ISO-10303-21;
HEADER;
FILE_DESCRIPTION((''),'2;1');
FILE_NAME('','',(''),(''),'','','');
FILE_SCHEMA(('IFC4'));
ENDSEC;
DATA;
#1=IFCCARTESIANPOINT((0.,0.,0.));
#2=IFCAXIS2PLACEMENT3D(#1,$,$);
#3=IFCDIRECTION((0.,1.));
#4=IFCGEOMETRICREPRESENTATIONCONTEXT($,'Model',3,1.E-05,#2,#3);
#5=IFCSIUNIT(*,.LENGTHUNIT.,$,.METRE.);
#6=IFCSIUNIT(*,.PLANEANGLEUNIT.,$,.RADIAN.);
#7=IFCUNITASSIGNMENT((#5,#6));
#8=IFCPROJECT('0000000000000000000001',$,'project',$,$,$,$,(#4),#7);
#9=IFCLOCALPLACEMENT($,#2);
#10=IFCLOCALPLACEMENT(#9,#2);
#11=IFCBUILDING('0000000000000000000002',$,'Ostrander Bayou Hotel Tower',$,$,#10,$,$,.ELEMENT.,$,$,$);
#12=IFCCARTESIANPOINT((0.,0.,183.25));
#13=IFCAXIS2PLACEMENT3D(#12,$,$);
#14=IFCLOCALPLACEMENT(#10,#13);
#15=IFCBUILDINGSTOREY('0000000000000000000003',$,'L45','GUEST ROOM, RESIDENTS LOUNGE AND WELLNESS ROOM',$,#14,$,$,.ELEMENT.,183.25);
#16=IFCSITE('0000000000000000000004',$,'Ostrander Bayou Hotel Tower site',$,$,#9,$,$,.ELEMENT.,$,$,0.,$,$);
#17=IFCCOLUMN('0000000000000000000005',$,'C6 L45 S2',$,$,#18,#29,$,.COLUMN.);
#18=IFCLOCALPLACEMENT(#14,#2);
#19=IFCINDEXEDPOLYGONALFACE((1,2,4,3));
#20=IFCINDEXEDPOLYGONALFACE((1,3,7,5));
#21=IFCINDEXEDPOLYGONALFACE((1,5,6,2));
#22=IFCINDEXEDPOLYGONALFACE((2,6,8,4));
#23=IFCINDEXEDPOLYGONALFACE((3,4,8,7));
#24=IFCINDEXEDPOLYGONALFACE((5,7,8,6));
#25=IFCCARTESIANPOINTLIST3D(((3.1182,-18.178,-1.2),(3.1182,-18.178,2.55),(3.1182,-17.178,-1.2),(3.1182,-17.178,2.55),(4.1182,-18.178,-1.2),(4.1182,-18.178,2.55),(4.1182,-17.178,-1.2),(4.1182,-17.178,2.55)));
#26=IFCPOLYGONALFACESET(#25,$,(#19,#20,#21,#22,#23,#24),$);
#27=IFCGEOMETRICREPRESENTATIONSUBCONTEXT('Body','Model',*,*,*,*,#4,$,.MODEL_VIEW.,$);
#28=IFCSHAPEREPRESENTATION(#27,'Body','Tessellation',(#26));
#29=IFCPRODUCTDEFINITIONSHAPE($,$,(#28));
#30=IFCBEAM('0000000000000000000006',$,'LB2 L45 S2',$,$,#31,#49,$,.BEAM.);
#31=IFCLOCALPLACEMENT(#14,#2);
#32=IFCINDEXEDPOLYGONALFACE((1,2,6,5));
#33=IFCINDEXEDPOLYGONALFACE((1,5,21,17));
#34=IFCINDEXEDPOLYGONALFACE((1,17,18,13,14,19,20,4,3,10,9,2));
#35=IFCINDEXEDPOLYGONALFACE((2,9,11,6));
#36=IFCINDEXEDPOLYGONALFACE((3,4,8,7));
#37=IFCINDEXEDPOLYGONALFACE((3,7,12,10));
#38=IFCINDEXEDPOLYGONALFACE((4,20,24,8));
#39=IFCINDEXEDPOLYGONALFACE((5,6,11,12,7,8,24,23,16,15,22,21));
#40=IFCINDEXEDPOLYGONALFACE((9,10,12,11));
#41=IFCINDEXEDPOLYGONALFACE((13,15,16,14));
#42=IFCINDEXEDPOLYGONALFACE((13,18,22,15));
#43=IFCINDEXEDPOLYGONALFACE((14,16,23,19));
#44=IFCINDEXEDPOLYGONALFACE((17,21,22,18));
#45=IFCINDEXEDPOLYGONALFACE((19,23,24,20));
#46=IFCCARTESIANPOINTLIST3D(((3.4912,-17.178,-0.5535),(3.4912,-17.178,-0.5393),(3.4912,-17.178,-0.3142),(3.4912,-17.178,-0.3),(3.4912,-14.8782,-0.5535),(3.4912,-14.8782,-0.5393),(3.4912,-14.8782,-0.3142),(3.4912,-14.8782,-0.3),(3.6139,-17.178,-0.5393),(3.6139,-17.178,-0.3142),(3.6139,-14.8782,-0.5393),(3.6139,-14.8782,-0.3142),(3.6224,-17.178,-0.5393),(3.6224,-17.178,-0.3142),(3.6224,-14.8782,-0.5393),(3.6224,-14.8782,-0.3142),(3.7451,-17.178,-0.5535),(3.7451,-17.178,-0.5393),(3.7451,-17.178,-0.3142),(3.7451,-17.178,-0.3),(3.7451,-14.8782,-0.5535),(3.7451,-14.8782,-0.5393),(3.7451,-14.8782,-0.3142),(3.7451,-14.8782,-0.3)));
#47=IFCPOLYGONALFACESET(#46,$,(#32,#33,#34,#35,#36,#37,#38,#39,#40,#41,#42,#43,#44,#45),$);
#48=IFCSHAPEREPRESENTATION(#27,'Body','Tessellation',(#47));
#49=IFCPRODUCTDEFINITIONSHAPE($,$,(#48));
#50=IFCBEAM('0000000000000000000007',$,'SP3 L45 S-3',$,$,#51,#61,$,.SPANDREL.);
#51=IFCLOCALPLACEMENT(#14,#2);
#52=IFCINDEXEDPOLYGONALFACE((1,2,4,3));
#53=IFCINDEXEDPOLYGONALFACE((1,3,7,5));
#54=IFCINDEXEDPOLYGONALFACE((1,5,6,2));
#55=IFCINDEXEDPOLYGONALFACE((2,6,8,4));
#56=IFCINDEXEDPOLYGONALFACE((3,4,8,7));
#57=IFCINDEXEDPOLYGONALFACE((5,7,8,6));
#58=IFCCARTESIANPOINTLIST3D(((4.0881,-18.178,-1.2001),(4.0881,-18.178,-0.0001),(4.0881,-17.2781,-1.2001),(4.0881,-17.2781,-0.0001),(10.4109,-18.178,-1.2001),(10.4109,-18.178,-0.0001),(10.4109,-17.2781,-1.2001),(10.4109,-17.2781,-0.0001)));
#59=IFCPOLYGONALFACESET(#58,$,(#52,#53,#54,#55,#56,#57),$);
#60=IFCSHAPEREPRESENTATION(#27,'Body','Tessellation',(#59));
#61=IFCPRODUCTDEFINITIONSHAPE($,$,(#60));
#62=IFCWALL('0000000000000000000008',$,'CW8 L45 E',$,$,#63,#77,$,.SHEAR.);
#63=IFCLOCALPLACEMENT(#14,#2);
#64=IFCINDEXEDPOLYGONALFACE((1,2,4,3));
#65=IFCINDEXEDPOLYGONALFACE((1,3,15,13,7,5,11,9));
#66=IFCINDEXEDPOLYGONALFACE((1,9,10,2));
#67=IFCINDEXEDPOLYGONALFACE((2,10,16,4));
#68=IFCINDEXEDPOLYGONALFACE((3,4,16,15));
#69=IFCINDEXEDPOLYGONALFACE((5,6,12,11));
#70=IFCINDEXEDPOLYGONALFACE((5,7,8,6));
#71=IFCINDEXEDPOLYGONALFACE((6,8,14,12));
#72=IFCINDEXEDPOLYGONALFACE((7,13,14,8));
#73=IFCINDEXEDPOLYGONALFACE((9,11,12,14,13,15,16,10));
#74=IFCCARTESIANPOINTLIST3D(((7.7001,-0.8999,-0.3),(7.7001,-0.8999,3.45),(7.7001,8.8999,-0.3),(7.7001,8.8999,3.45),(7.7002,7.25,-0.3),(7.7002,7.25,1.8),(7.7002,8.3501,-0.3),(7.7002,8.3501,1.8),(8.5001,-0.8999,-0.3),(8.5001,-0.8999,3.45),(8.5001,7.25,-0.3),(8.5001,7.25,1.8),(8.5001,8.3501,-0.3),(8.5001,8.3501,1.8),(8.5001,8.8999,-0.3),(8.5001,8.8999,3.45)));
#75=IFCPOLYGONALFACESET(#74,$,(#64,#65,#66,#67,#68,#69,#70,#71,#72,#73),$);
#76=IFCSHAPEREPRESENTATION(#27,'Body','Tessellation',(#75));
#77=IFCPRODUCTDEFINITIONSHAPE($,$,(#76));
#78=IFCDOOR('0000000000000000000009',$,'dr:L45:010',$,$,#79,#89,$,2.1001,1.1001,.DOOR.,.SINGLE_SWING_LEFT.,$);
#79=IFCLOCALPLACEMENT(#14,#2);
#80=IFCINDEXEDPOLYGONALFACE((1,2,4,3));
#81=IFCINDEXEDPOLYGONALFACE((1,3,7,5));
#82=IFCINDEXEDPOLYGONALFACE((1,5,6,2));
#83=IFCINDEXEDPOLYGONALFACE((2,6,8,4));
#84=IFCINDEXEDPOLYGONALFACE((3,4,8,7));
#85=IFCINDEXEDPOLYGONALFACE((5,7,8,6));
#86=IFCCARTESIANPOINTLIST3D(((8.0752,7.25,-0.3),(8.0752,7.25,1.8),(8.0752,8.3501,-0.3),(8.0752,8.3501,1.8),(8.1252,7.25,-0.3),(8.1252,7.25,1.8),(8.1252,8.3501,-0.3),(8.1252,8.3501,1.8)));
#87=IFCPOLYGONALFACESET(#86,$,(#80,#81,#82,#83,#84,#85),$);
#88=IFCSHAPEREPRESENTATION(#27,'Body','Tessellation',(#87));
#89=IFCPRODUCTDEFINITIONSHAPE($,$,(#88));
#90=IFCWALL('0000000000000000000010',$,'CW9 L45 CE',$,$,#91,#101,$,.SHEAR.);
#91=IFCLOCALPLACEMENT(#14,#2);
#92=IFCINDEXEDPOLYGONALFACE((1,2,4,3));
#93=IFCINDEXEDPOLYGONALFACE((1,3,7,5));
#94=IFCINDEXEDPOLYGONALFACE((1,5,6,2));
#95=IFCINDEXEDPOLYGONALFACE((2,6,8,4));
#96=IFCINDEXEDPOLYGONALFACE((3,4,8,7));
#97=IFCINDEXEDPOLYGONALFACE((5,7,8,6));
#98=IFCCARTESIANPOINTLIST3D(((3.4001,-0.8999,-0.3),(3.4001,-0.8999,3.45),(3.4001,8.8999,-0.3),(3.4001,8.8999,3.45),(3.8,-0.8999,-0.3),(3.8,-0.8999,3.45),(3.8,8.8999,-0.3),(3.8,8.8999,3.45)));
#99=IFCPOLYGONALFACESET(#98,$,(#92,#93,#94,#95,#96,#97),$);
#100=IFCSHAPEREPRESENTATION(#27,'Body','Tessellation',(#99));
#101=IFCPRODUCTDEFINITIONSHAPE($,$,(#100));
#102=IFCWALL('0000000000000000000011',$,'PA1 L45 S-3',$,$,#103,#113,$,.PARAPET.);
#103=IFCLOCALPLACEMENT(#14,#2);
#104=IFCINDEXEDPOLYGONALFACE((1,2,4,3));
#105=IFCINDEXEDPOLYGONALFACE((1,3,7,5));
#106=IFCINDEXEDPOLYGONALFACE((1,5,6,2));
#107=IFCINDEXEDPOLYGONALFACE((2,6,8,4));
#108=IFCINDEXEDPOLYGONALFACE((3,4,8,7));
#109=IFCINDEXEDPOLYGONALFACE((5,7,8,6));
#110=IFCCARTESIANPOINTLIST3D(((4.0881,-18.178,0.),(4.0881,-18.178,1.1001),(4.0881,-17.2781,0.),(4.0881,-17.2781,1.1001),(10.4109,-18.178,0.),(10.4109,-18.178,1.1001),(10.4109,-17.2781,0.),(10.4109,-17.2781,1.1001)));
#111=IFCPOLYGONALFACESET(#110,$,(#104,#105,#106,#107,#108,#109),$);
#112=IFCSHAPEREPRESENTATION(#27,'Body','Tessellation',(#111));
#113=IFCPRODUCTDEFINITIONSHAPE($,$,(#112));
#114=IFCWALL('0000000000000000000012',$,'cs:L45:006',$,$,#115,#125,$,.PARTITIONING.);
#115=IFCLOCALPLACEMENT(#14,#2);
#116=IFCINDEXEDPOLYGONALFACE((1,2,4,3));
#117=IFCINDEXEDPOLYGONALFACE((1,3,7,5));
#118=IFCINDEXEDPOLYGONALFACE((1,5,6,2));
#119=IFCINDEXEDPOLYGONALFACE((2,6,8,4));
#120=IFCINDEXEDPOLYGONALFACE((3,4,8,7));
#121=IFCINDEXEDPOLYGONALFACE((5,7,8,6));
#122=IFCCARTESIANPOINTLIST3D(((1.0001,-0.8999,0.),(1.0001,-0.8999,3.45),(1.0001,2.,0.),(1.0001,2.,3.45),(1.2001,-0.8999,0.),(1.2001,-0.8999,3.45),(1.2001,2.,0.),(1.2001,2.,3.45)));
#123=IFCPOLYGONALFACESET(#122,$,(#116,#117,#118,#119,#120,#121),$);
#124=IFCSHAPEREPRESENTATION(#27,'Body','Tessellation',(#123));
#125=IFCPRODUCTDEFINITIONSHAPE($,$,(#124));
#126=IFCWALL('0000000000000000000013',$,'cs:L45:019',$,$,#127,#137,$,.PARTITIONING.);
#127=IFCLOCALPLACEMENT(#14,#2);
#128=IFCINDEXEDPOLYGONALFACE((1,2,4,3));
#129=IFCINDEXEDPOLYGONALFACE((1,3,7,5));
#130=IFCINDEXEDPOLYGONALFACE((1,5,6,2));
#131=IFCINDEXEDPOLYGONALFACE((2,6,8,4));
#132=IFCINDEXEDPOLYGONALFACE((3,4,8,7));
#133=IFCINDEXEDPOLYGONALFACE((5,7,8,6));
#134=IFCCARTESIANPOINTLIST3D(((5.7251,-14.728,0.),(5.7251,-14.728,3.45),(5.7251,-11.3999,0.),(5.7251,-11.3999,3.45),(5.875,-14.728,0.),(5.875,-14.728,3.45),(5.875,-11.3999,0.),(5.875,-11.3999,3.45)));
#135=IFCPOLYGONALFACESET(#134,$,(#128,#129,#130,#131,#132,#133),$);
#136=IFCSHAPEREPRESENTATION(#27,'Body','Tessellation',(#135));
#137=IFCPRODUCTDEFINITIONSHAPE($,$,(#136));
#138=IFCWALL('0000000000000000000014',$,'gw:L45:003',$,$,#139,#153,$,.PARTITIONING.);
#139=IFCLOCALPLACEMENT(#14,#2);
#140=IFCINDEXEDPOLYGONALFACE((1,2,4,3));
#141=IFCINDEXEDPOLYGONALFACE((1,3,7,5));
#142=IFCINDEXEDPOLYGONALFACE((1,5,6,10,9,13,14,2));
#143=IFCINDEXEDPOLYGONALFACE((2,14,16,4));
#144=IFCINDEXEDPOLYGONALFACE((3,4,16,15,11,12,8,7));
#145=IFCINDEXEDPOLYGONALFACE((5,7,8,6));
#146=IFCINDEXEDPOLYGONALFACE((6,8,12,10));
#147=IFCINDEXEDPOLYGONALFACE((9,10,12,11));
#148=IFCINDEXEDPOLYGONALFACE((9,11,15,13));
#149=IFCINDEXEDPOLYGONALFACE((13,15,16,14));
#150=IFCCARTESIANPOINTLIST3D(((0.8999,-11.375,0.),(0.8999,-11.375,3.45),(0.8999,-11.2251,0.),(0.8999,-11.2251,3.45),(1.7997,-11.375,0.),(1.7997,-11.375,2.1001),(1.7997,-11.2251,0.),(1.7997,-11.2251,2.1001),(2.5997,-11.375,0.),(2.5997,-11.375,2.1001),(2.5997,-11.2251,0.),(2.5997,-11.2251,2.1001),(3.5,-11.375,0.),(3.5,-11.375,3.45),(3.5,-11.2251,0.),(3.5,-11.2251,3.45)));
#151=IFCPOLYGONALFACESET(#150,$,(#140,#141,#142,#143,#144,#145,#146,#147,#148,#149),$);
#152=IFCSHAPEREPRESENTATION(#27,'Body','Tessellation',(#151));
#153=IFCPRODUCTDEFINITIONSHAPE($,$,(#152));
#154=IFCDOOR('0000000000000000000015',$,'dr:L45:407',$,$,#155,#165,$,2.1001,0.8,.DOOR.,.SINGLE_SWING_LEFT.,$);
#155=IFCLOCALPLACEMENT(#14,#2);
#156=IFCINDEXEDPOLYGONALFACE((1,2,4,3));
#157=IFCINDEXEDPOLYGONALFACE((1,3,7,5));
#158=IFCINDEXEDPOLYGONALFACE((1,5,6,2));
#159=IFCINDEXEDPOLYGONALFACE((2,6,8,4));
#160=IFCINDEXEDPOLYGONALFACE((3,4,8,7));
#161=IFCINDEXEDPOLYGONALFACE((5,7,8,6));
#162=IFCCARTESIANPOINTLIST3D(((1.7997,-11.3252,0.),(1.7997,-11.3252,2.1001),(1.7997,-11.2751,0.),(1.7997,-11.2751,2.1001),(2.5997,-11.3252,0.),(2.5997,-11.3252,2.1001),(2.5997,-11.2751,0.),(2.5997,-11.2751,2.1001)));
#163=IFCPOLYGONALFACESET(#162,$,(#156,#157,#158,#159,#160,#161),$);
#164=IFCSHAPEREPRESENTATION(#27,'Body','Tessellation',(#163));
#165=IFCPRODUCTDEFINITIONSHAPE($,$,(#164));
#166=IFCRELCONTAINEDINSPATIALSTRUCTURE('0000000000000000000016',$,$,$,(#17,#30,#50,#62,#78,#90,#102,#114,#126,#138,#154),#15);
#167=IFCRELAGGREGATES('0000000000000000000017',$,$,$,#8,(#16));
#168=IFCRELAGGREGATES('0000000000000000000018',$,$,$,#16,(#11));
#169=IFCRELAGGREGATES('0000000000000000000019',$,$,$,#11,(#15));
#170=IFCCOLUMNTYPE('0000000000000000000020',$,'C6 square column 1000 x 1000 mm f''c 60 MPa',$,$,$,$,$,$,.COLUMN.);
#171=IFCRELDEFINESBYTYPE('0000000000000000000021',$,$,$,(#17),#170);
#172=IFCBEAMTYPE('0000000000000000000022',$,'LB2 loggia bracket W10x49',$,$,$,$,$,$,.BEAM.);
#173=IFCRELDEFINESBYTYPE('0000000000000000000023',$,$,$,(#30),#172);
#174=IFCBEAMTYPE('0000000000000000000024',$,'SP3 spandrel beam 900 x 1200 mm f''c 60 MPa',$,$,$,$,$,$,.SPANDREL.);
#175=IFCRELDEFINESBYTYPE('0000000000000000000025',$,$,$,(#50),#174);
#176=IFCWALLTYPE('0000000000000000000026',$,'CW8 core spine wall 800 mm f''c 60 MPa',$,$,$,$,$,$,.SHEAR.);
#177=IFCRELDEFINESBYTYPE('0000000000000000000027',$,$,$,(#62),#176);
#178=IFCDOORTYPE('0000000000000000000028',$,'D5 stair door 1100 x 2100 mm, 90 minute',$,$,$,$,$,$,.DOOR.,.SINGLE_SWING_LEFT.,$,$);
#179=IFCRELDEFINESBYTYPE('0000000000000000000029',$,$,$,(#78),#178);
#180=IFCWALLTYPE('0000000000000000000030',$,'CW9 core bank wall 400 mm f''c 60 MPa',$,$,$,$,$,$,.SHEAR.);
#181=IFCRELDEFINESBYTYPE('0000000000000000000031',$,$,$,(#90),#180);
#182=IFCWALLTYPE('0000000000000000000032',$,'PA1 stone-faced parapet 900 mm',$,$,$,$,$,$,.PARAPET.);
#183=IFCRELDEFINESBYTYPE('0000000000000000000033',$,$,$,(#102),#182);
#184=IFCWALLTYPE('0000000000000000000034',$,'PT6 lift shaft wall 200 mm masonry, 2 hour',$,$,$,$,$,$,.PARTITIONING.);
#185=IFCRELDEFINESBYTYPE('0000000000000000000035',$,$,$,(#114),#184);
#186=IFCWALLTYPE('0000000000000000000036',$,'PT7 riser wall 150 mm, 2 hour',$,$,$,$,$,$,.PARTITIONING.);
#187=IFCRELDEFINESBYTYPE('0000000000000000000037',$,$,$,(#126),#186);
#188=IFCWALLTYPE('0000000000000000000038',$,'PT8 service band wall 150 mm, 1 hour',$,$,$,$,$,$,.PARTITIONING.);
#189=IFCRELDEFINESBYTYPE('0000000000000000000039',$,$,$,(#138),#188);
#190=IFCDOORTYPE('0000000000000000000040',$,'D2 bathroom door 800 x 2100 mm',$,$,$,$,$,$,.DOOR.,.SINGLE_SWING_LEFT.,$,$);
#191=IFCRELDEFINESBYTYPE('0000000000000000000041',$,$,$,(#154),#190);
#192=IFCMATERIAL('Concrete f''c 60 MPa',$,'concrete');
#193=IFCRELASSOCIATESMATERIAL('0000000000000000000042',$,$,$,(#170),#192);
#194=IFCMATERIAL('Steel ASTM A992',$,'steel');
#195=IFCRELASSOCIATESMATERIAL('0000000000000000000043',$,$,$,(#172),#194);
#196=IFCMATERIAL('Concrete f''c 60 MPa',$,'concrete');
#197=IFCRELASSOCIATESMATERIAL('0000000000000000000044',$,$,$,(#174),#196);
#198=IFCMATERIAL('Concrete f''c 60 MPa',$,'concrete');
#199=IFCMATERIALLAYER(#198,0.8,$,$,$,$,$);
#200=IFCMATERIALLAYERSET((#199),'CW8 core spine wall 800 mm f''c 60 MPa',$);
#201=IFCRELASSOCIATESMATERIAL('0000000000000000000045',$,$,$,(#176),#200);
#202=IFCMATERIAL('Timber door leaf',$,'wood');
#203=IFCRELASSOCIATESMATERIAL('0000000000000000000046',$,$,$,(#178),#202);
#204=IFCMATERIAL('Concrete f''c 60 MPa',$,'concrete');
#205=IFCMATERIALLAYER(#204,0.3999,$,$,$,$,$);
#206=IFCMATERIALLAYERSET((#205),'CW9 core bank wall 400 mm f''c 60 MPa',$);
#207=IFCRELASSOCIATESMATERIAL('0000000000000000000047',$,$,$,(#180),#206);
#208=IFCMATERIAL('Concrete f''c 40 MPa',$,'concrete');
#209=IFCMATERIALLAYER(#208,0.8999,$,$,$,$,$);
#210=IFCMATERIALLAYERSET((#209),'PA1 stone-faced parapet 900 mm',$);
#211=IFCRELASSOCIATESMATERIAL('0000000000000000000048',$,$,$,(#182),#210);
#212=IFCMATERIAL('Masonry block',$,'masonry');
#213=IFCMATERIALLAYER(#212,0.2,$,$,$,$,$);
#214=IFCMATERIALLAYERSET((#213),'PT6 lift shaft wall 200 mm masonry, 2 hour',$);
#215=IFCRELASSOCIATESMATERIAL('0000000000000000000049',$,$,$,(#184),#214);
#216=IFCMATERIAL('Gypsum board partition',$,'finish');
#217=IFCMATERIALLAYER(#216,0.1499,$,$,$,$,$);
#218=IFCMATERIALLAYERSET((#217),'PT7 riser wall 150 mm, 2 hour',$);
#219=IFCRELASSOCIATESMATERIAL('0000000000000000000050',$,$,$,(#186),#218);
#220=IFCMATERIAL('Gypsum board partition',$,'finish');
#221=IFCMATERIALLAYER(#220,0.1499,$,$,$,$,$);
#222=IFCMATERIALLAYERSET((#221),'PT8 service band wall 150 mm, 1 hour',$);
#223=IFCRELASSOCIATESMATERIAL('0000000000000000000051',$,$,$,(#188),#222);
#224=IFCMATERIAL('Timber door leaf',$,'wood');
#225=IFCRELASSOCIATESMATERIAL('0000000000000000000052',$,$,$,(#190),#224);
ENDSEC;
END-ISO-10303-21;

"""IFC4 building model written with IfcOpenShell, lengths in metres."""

from ifc_helpers import new_model, si_unit, direction, frame, frame_2d, origin, origin_2d, place, context, subcontext, project, spatial, rectangle, i_section, extrude, material, layer, layer_set, material_profile, profile_set, type_object, element, fill, save


model = new_model("IFC4")

# Units and contexts
model_context = context("Model", 3, precision=1e-05, world=origin(), true_north=direction((0.0, 1.0)))
body_context = subcontext(model_context, "Body", "Model", "MODEL_VIEW")
ifc_project = project(units=[si_unit("LENGTHUNIT", "METRE"), si_unit("PLANEANGLEUNIT", "RADIAN")], contexts=[model_context])

# Site, building, storey
site_placement = place(None, origin())
site = spatial("IfcSite", under=ifc_project, at=site_placement, Name="Ostrander Bayou Hotel Tower site", CompositionType="ELEMENT", RefElevation=0.0)
building_placement = place(site_placement, origin())
building = spatial("IfcBuilding", under=site, at=building_placement, Name="Ostrander Bayou Hotel Tower", CompositionType="ELEMENT")
storey_placement = place(building_placement, frame((0.0, 0.0, 183.25)))
storey = spatial("IfcBuildingStorey", under=building, at=storey_placement, Name="L45", Description="GUEST ROOM, RESIDENTS LOUNGE AND WELLNESS ROOM", CompositionType="ELEMENT", Elevation=183.25)

# Column
ifc_material_1 = material(Name="Concrete f'c 60 MPa", Category="concrete")
ifc_material_profile_1 = material_profile(ifc_material_1, rectangle(XDim=1.0, YDim=1.0, at=origin_2d()))
ifc_profile_set_1 = profile_set([ifc_material_profile_1], Name="Concrete f'c 60 MPa")
column_type = type_object("IfcColumnType", Name="C6 square column 1000 x 1000 mm f'c 60 MPa", PredefinedType="COLUMN", material=ifc_profile_set_1)
column_placement = place(storey_placement, frame((3.6182, -17.678, -1.2), z_axis=(0.0, 0.0, 1.0), x_axis=(-1.0, 0.0, 0.0)))
element("IfcColumn", 1, at=column_placement, inside=storey, type_object=column_type, Name="C6 L45 S2", PredefinedType="COLUMN", context=body_context, shape_type="SweptSolid", body=[
    extrude(rectangle(XDim=1.0, YDim=1.0, at=origin_2d()), origin(), (0.0, 0.0, 1.0), 3.75),
])

# Beams
ifc_material_2 = material(Name="Steel ASTM A992", Category="steel")
ifc_material_profile_2 = material_profile(ifc_material_2, i_section(OverallWidth=0.2539, OverallDepth=0.2534, WebThickness=0.0085, FlangeThickness=0.0142, at=origin_2d()))
ifc_profile_set_2 = profile_set([ifc_material_profile_2], Name="Steel ASTM A992")
beam_type_1 = type_object("IfcBeamType", Name="LB2 loggia bracket W10x49", PredefinedType="BEAM", material=ifc_profile_set_2)
beam_1_placement = place(storey_placement, frame((3.6182, -17.178, -0.4268), z_axis=(0.0, 1.0, 0.0), x_axis=(-1.0, 0.0, 0.0)))
element("IfcBeam", 2, at=beam_1_placement, inside=storey, type_object=beam_type_1, Name="LB2 L45 S2", PredefinedType="BEAM", context=body_context, shape_type="SweptSolid", body=[
    extrude(i_section(OverallWidth=0.2539, OverallDepth=0.2534, WebThickness=0.0085, FlangeThickness=0.0142, at=origin_2d()), origin(), (0.0, 0.0, 1.0), 2.2998),
])
ifc_material_3 = material(Name="Concrete f'c 60 MPa", Category="concrete")
ifc_material_profile_3 = material_profile(ifc_material_3, rectangle(XDim=0.8999, YDim=1.2, at=origin_2d()))
ifc_profile_set_3 = profile_set([ifc_material_profile_3], Name="Concrete f'c 60 MPa")
beam_type_2 = type_object("IfcBeamType", Name="SP3 spandrel beam 900 x 1200 mm f'c 60 MPa", PredefinedType="SPANDREL", material=ifc_profile_set_3)
beam_2_placement = place(storey_placement, frame((4.0881, -17.728, -0.6001), z_axis=(1.0, 0.0, 0.0), x_axis=(0.0, 1.0, 0.0)))
element("IfcBeam", 3, at=beam_2_placement, inside=storey, type_object=beam_type_2, Name="SP3 L45 S-3", PredefinedType="SPANDREL", context=body_context, shape_type="SweptSolid", body=[
    extrude(rectangle(XDim=0.8999, YDim=1.2, at=origin_2d()), origin(), (0.0, 0.0, 1.0), 6.3228),
])

# Wall, opening, door
ifc_material_4 = material(Name="Concrete f'c 60 MPa", Category="concrete")
ifc_layer_1 = layer(ifc_material_4, 0.8)
ifc_layer_set_1 = layer_set([ifc_layer_1], Name="CW8 core spine wall 800 mm f'c 60 MPa")
wall_type_1 = type_object("IfcWallType", Name="CW8 core spine wall 800 mm f'c 60 MPa", PredefinedType="SHEAR", material=ifc_layer_set_1)
wall_1_placement = place(storey_placement, frame((8.1001, -0.8999, -0.3), z_axis=(0.0, 0.0, 1.0), x_axis=(0.0, 1.0, 0.0)))
wall_1 = element("IfcWall", 4, at=wall_1_placement, inside=storey, type_object=wall_type_1, Name="CW8 L45 E", PredefinedType="SHEAR", context=body_context, shape_type="SweptSolid", body=[
    extrude(rectangle(XDim=9.7998, YDim=0.8, at=frame_2d((4.8999, 0.0))), origin(), (0.0, 0.0, 1.0), 3.75),
])
opening_1_placement = place(wall_1_placement, frame((8.1499, 0.0, 0.0)))
opening_1 = element("IfcOpeningElement", 5, at=opening_1_placement, cuts=wall_1, PredefinedType="OPENING", context=body_context, shape_type="SweptSolid", body=[
    extrude(rectangle(XDim=1.1001, YDim=2.1001, at=frame_2d((0.55, 1.05))), frame((0.0, 0.3999, 0.0), z_axis=(0.0, -1.0, 0.0), x_axis=(1.0, 0.0, 0.0)), (0.0, 0.0, 1.0), 0.8),
])
ifc_material_5 = material(Name="Timber door leaf", Category="wood")
door_type_1 = type_object("IfcDoorType", Name="D5 stair door 1100 x 2100 mm, 90 minute", OperationType="SINGLE_SWING_LEFT", PredefinedType="DOOR", material=ifc_material_5)
door_1_placement = place(opening_1_placement, origin())
door_1 = element("IfcDoor", 6, at=door_1_placement, inside=storey, type_object=door_type_1, Name="dr:L45:010", OperationType="SINGLE_SWING_LEFT", OverallHeight=2.1001, OverallWidth=1.1001, PredefinedType="DOOR", context=body_context, shape_type="SweptSolid", body=[
    extrude(rectangle(XDim=1.1001, YDim=2.1001, at=frame_2d((0.55, 1.05))), frame((0.0, 0.0249, 0.0), z_axis=(0.0, -1.0, 0.0), x_axis=(1.0, 0.0, 0.0)), (0.0, 0.0, 1.0), 0.05),
])
fill(opening_1, door_1)

# Walls
ifc_material_6 = material(Name="Concrete f'c 60 MPa", Category="concrete")
ifc_layer_2 = layer(ifc_material_6, 0.3999)
ifc_layer_set_2 = layer_set([ifc_layer_2], Name="CW9 core bank wall 400 mm f'c 60 MPa")
wall_type_2 = type_object("IfcWallType", Name="CW9 core bank wall 400 mm f'c 60 MPa", PredefinedType="SHEAR", material=ifc_layer_set_2)
wall_2_placement = place(storey_placement, frame((3.6001, -0.8999, -0.3), z_axis=(0.0, 0.0, 1.0), x_axis=(0.0, 1.0, 0.0)))
element("IfcWall", 7, at=wall_2_placement, inside=storey, type_object=wall_type_2, Name="CW9 L45 CE", PredefinedType="SHEAR", context=body_context, shape_type="SweptSolid", body=[
    extrude(rectangle(XDim=9.7998, YDim=0.3999, at=frame_2d((4.8999, 0.0))), origin(), (0.0, 0.0, 1.0), 3.75),
])
ifc_material_7 = material(Name="Concrete f'c 40 MPa", Category="concrete")
ifc_layer_3 = layer(ifc_material_7, 0.8999)
ifc_layer_set_3 = layer_set([ifc_layer_3], Name="PA1 stone-faced parapet 900 mm")
wall_type_3 = type_object("IfcWallType", Name="PA1 stone-faced parapet 900 mm", PredefinedType="PARAPET", material=ifc_layer_set_3)
wall_3_placement = place(storey_placement, frame((4.0881, -17.728, 0.0), z_axis=(0.0, 0.0, 1.0), x_axis=(1.0, 0.0, 0.0)))
element("IfcWall", 8, at=wall_3_placement, inside=storey, type_object=wall_type_3, Name="PA1 L45 S-3", PredefinedType="PARAPET", context=body_context, shape_type="SweptSolid", body=[
    extrude(rectangle(XDim=6.3228, YDim=0.8999, at=frame_2d((3.1614, 0.0))), origin(), (0.0, 0.0, 1.0), 1.1001),
])
ifc_material_8 = material(Name="Masonry block", Category="masonry")
ifc_layer_4 = layer(ifc_material_8, 0.2)
ifc_layer_set_4 = layer_set([ifc_layer_4], Name="PT6 lift shaft wall 200 mm masonry, 2 hour")
wall_type_4 = type_object("IfcWallType", Name="PT6 lift shaft wall 200 mm masonry, 2 hour", PredefinedType="PARTITIONING", material=ifc_layer_set_4)
wall_4_placement = place(storey_placement, frame((1.1001, -0.8999, 0.0), z_axis=(0.0, 0.0, 1.0), x_axis=(0.0, 1.0, 0.0)))
element("IfcWall", 9, at=wall_4_placement, inside=storey, type_object=wall_type_4, Name="cs:L45:006", PredefinedType="PARTITIONING", context=body_context, shape_type="SweptSolid", body=[
    extrude(rectangle(XDim=2.8999, YDim=0.2, at=frame_2d((1.45, 0.0))), origin(), (0.0, 0.0, 1.0), 3.45),
])
ifc_material_9 = material(Name="Gypsum board partition", Category="finish")
ifc_layer_5 = layer(ifc_material_9, 0.1499)
ifc_layer_set_5 = layer_set([ifc_layer_5], Name="PT7 riser wall 150 mm, 2 hour")
wall_type_5 = type_object("IfcWallType", Name="PT7 riser wall 150 mm, 2 hour", PredefinedType="PARTITIONING", material=ifc_layer_set_5)
wall_5_placement = place(storey_placement, frame((5.8, -11.3999, 0.0), z_axis=(0.0, 0.0, 1.0), x_axis=(0.0, -1.0, 0.0)))
element("IfcWall", 10, at=wall_5_placement, inside=storey, type_object=wall_type_5, Name="cs:L45:019", PredefinedType="PARTITIONING", context=body_context, shape_type="SweptSolid", body=[
    extrude(rectangle(XDim=3.3281, YDim=0.1499, at=frame_2d((1.6641, 0.0))), origin(), (0.0, 0.0, 1.0), 3.45),
])

# Wall, opening, door
ifc_material_10 = material(Name="Gypsum board partition", Category="finish")
ifc_layer_6 = layer(ifc_material_10, 0.1499)
ifc_layer_set_6 = layer_set([ifc_layer_6], Name="PT8 service band wall 150 mm, 1 hour")
wall_type_6 = type_object("IfcWallType", Name="PT8 service band wall 150 mm, 1 hour", PredefinedType="PARTITIONING", material=ifc_layer_set_6)
wall_6_placement = place(storey_placement, frame((0.8999, -11.3, 0.0), z_axis=(0.0, 0.0, 1.0), x_axis=(1.0, 0.0, 0.0)))
wall_6 = element("IfcWall", 11, at=wall_6_placement, inside=storey, type_object=wall_type_6, Name="gw:L45:003", PredefinedType="PARTITIONING", context=body_context, shape_type="SweptSolid", body=[
    extrude(rectangle(XDim=2.6001, YDim=0.1499, at=frame_2d((1.3, 0.0))), origin(), (0.0, 0.0, 1.0), 3.45),
])
opening_2_placement = place(wall_6_placement, frame((0.8999, 0.0, 0.0)))
opening_2 = element("IfcOpeningElement", 12, at=opening_2_placement, cuts=wall_6, PredefinedType="OPENING", context=body_context, shape_type="SweptSolid", body=[
    extrude(rectangle(XDim=0.8, YDim=2.1001, at=frame_2d((0.3999, 1.05))), frame((0.0, 0.075, 0.0), z_axis=(0.0, -1.0, 0.0), x_axis=(1.0, 0.0, 0.0)), (0.0, 0.0, 1.0), 0.1499),
])
ifc_material_11 = material(Name="Timber door leaf", Category="wood")
door_type_2 = type_object("IfcDoorType", Name="D2 bathroom door 800 x 2100 mm", OperationType="SINGLE_SWING_LEFT", PredefinedType="DOOR", material=ifc_material_11)
door_2_placement = place(opening_2_placement, origin())
door_2 = element("IfcDoor", 13, at=door_2_placement, inside=storey, type_object=door_type_2, Name="dr:L45:407", OperationType="SINGLE_SWING_LEFT", OverallHeight=2.1001, OverallWidth=0.8, PredefinedType="DOOR", context=body_context, shape_type="SweptSolid", body=[
    extrude(rectangle(XDim=0.8, YDim=2.1001, at=frame_2d((0.3999, 1.05))), frame((0.0, 0.0249, 0.0), z_axis=(0.0, -1.0, 0.0), x_axis=(1.0, 0.0, 0.0)), (0.0, 0.0, 1.0), 0.05),
])
fill(opening_2, door_2)

save(model, "model.ifc")
